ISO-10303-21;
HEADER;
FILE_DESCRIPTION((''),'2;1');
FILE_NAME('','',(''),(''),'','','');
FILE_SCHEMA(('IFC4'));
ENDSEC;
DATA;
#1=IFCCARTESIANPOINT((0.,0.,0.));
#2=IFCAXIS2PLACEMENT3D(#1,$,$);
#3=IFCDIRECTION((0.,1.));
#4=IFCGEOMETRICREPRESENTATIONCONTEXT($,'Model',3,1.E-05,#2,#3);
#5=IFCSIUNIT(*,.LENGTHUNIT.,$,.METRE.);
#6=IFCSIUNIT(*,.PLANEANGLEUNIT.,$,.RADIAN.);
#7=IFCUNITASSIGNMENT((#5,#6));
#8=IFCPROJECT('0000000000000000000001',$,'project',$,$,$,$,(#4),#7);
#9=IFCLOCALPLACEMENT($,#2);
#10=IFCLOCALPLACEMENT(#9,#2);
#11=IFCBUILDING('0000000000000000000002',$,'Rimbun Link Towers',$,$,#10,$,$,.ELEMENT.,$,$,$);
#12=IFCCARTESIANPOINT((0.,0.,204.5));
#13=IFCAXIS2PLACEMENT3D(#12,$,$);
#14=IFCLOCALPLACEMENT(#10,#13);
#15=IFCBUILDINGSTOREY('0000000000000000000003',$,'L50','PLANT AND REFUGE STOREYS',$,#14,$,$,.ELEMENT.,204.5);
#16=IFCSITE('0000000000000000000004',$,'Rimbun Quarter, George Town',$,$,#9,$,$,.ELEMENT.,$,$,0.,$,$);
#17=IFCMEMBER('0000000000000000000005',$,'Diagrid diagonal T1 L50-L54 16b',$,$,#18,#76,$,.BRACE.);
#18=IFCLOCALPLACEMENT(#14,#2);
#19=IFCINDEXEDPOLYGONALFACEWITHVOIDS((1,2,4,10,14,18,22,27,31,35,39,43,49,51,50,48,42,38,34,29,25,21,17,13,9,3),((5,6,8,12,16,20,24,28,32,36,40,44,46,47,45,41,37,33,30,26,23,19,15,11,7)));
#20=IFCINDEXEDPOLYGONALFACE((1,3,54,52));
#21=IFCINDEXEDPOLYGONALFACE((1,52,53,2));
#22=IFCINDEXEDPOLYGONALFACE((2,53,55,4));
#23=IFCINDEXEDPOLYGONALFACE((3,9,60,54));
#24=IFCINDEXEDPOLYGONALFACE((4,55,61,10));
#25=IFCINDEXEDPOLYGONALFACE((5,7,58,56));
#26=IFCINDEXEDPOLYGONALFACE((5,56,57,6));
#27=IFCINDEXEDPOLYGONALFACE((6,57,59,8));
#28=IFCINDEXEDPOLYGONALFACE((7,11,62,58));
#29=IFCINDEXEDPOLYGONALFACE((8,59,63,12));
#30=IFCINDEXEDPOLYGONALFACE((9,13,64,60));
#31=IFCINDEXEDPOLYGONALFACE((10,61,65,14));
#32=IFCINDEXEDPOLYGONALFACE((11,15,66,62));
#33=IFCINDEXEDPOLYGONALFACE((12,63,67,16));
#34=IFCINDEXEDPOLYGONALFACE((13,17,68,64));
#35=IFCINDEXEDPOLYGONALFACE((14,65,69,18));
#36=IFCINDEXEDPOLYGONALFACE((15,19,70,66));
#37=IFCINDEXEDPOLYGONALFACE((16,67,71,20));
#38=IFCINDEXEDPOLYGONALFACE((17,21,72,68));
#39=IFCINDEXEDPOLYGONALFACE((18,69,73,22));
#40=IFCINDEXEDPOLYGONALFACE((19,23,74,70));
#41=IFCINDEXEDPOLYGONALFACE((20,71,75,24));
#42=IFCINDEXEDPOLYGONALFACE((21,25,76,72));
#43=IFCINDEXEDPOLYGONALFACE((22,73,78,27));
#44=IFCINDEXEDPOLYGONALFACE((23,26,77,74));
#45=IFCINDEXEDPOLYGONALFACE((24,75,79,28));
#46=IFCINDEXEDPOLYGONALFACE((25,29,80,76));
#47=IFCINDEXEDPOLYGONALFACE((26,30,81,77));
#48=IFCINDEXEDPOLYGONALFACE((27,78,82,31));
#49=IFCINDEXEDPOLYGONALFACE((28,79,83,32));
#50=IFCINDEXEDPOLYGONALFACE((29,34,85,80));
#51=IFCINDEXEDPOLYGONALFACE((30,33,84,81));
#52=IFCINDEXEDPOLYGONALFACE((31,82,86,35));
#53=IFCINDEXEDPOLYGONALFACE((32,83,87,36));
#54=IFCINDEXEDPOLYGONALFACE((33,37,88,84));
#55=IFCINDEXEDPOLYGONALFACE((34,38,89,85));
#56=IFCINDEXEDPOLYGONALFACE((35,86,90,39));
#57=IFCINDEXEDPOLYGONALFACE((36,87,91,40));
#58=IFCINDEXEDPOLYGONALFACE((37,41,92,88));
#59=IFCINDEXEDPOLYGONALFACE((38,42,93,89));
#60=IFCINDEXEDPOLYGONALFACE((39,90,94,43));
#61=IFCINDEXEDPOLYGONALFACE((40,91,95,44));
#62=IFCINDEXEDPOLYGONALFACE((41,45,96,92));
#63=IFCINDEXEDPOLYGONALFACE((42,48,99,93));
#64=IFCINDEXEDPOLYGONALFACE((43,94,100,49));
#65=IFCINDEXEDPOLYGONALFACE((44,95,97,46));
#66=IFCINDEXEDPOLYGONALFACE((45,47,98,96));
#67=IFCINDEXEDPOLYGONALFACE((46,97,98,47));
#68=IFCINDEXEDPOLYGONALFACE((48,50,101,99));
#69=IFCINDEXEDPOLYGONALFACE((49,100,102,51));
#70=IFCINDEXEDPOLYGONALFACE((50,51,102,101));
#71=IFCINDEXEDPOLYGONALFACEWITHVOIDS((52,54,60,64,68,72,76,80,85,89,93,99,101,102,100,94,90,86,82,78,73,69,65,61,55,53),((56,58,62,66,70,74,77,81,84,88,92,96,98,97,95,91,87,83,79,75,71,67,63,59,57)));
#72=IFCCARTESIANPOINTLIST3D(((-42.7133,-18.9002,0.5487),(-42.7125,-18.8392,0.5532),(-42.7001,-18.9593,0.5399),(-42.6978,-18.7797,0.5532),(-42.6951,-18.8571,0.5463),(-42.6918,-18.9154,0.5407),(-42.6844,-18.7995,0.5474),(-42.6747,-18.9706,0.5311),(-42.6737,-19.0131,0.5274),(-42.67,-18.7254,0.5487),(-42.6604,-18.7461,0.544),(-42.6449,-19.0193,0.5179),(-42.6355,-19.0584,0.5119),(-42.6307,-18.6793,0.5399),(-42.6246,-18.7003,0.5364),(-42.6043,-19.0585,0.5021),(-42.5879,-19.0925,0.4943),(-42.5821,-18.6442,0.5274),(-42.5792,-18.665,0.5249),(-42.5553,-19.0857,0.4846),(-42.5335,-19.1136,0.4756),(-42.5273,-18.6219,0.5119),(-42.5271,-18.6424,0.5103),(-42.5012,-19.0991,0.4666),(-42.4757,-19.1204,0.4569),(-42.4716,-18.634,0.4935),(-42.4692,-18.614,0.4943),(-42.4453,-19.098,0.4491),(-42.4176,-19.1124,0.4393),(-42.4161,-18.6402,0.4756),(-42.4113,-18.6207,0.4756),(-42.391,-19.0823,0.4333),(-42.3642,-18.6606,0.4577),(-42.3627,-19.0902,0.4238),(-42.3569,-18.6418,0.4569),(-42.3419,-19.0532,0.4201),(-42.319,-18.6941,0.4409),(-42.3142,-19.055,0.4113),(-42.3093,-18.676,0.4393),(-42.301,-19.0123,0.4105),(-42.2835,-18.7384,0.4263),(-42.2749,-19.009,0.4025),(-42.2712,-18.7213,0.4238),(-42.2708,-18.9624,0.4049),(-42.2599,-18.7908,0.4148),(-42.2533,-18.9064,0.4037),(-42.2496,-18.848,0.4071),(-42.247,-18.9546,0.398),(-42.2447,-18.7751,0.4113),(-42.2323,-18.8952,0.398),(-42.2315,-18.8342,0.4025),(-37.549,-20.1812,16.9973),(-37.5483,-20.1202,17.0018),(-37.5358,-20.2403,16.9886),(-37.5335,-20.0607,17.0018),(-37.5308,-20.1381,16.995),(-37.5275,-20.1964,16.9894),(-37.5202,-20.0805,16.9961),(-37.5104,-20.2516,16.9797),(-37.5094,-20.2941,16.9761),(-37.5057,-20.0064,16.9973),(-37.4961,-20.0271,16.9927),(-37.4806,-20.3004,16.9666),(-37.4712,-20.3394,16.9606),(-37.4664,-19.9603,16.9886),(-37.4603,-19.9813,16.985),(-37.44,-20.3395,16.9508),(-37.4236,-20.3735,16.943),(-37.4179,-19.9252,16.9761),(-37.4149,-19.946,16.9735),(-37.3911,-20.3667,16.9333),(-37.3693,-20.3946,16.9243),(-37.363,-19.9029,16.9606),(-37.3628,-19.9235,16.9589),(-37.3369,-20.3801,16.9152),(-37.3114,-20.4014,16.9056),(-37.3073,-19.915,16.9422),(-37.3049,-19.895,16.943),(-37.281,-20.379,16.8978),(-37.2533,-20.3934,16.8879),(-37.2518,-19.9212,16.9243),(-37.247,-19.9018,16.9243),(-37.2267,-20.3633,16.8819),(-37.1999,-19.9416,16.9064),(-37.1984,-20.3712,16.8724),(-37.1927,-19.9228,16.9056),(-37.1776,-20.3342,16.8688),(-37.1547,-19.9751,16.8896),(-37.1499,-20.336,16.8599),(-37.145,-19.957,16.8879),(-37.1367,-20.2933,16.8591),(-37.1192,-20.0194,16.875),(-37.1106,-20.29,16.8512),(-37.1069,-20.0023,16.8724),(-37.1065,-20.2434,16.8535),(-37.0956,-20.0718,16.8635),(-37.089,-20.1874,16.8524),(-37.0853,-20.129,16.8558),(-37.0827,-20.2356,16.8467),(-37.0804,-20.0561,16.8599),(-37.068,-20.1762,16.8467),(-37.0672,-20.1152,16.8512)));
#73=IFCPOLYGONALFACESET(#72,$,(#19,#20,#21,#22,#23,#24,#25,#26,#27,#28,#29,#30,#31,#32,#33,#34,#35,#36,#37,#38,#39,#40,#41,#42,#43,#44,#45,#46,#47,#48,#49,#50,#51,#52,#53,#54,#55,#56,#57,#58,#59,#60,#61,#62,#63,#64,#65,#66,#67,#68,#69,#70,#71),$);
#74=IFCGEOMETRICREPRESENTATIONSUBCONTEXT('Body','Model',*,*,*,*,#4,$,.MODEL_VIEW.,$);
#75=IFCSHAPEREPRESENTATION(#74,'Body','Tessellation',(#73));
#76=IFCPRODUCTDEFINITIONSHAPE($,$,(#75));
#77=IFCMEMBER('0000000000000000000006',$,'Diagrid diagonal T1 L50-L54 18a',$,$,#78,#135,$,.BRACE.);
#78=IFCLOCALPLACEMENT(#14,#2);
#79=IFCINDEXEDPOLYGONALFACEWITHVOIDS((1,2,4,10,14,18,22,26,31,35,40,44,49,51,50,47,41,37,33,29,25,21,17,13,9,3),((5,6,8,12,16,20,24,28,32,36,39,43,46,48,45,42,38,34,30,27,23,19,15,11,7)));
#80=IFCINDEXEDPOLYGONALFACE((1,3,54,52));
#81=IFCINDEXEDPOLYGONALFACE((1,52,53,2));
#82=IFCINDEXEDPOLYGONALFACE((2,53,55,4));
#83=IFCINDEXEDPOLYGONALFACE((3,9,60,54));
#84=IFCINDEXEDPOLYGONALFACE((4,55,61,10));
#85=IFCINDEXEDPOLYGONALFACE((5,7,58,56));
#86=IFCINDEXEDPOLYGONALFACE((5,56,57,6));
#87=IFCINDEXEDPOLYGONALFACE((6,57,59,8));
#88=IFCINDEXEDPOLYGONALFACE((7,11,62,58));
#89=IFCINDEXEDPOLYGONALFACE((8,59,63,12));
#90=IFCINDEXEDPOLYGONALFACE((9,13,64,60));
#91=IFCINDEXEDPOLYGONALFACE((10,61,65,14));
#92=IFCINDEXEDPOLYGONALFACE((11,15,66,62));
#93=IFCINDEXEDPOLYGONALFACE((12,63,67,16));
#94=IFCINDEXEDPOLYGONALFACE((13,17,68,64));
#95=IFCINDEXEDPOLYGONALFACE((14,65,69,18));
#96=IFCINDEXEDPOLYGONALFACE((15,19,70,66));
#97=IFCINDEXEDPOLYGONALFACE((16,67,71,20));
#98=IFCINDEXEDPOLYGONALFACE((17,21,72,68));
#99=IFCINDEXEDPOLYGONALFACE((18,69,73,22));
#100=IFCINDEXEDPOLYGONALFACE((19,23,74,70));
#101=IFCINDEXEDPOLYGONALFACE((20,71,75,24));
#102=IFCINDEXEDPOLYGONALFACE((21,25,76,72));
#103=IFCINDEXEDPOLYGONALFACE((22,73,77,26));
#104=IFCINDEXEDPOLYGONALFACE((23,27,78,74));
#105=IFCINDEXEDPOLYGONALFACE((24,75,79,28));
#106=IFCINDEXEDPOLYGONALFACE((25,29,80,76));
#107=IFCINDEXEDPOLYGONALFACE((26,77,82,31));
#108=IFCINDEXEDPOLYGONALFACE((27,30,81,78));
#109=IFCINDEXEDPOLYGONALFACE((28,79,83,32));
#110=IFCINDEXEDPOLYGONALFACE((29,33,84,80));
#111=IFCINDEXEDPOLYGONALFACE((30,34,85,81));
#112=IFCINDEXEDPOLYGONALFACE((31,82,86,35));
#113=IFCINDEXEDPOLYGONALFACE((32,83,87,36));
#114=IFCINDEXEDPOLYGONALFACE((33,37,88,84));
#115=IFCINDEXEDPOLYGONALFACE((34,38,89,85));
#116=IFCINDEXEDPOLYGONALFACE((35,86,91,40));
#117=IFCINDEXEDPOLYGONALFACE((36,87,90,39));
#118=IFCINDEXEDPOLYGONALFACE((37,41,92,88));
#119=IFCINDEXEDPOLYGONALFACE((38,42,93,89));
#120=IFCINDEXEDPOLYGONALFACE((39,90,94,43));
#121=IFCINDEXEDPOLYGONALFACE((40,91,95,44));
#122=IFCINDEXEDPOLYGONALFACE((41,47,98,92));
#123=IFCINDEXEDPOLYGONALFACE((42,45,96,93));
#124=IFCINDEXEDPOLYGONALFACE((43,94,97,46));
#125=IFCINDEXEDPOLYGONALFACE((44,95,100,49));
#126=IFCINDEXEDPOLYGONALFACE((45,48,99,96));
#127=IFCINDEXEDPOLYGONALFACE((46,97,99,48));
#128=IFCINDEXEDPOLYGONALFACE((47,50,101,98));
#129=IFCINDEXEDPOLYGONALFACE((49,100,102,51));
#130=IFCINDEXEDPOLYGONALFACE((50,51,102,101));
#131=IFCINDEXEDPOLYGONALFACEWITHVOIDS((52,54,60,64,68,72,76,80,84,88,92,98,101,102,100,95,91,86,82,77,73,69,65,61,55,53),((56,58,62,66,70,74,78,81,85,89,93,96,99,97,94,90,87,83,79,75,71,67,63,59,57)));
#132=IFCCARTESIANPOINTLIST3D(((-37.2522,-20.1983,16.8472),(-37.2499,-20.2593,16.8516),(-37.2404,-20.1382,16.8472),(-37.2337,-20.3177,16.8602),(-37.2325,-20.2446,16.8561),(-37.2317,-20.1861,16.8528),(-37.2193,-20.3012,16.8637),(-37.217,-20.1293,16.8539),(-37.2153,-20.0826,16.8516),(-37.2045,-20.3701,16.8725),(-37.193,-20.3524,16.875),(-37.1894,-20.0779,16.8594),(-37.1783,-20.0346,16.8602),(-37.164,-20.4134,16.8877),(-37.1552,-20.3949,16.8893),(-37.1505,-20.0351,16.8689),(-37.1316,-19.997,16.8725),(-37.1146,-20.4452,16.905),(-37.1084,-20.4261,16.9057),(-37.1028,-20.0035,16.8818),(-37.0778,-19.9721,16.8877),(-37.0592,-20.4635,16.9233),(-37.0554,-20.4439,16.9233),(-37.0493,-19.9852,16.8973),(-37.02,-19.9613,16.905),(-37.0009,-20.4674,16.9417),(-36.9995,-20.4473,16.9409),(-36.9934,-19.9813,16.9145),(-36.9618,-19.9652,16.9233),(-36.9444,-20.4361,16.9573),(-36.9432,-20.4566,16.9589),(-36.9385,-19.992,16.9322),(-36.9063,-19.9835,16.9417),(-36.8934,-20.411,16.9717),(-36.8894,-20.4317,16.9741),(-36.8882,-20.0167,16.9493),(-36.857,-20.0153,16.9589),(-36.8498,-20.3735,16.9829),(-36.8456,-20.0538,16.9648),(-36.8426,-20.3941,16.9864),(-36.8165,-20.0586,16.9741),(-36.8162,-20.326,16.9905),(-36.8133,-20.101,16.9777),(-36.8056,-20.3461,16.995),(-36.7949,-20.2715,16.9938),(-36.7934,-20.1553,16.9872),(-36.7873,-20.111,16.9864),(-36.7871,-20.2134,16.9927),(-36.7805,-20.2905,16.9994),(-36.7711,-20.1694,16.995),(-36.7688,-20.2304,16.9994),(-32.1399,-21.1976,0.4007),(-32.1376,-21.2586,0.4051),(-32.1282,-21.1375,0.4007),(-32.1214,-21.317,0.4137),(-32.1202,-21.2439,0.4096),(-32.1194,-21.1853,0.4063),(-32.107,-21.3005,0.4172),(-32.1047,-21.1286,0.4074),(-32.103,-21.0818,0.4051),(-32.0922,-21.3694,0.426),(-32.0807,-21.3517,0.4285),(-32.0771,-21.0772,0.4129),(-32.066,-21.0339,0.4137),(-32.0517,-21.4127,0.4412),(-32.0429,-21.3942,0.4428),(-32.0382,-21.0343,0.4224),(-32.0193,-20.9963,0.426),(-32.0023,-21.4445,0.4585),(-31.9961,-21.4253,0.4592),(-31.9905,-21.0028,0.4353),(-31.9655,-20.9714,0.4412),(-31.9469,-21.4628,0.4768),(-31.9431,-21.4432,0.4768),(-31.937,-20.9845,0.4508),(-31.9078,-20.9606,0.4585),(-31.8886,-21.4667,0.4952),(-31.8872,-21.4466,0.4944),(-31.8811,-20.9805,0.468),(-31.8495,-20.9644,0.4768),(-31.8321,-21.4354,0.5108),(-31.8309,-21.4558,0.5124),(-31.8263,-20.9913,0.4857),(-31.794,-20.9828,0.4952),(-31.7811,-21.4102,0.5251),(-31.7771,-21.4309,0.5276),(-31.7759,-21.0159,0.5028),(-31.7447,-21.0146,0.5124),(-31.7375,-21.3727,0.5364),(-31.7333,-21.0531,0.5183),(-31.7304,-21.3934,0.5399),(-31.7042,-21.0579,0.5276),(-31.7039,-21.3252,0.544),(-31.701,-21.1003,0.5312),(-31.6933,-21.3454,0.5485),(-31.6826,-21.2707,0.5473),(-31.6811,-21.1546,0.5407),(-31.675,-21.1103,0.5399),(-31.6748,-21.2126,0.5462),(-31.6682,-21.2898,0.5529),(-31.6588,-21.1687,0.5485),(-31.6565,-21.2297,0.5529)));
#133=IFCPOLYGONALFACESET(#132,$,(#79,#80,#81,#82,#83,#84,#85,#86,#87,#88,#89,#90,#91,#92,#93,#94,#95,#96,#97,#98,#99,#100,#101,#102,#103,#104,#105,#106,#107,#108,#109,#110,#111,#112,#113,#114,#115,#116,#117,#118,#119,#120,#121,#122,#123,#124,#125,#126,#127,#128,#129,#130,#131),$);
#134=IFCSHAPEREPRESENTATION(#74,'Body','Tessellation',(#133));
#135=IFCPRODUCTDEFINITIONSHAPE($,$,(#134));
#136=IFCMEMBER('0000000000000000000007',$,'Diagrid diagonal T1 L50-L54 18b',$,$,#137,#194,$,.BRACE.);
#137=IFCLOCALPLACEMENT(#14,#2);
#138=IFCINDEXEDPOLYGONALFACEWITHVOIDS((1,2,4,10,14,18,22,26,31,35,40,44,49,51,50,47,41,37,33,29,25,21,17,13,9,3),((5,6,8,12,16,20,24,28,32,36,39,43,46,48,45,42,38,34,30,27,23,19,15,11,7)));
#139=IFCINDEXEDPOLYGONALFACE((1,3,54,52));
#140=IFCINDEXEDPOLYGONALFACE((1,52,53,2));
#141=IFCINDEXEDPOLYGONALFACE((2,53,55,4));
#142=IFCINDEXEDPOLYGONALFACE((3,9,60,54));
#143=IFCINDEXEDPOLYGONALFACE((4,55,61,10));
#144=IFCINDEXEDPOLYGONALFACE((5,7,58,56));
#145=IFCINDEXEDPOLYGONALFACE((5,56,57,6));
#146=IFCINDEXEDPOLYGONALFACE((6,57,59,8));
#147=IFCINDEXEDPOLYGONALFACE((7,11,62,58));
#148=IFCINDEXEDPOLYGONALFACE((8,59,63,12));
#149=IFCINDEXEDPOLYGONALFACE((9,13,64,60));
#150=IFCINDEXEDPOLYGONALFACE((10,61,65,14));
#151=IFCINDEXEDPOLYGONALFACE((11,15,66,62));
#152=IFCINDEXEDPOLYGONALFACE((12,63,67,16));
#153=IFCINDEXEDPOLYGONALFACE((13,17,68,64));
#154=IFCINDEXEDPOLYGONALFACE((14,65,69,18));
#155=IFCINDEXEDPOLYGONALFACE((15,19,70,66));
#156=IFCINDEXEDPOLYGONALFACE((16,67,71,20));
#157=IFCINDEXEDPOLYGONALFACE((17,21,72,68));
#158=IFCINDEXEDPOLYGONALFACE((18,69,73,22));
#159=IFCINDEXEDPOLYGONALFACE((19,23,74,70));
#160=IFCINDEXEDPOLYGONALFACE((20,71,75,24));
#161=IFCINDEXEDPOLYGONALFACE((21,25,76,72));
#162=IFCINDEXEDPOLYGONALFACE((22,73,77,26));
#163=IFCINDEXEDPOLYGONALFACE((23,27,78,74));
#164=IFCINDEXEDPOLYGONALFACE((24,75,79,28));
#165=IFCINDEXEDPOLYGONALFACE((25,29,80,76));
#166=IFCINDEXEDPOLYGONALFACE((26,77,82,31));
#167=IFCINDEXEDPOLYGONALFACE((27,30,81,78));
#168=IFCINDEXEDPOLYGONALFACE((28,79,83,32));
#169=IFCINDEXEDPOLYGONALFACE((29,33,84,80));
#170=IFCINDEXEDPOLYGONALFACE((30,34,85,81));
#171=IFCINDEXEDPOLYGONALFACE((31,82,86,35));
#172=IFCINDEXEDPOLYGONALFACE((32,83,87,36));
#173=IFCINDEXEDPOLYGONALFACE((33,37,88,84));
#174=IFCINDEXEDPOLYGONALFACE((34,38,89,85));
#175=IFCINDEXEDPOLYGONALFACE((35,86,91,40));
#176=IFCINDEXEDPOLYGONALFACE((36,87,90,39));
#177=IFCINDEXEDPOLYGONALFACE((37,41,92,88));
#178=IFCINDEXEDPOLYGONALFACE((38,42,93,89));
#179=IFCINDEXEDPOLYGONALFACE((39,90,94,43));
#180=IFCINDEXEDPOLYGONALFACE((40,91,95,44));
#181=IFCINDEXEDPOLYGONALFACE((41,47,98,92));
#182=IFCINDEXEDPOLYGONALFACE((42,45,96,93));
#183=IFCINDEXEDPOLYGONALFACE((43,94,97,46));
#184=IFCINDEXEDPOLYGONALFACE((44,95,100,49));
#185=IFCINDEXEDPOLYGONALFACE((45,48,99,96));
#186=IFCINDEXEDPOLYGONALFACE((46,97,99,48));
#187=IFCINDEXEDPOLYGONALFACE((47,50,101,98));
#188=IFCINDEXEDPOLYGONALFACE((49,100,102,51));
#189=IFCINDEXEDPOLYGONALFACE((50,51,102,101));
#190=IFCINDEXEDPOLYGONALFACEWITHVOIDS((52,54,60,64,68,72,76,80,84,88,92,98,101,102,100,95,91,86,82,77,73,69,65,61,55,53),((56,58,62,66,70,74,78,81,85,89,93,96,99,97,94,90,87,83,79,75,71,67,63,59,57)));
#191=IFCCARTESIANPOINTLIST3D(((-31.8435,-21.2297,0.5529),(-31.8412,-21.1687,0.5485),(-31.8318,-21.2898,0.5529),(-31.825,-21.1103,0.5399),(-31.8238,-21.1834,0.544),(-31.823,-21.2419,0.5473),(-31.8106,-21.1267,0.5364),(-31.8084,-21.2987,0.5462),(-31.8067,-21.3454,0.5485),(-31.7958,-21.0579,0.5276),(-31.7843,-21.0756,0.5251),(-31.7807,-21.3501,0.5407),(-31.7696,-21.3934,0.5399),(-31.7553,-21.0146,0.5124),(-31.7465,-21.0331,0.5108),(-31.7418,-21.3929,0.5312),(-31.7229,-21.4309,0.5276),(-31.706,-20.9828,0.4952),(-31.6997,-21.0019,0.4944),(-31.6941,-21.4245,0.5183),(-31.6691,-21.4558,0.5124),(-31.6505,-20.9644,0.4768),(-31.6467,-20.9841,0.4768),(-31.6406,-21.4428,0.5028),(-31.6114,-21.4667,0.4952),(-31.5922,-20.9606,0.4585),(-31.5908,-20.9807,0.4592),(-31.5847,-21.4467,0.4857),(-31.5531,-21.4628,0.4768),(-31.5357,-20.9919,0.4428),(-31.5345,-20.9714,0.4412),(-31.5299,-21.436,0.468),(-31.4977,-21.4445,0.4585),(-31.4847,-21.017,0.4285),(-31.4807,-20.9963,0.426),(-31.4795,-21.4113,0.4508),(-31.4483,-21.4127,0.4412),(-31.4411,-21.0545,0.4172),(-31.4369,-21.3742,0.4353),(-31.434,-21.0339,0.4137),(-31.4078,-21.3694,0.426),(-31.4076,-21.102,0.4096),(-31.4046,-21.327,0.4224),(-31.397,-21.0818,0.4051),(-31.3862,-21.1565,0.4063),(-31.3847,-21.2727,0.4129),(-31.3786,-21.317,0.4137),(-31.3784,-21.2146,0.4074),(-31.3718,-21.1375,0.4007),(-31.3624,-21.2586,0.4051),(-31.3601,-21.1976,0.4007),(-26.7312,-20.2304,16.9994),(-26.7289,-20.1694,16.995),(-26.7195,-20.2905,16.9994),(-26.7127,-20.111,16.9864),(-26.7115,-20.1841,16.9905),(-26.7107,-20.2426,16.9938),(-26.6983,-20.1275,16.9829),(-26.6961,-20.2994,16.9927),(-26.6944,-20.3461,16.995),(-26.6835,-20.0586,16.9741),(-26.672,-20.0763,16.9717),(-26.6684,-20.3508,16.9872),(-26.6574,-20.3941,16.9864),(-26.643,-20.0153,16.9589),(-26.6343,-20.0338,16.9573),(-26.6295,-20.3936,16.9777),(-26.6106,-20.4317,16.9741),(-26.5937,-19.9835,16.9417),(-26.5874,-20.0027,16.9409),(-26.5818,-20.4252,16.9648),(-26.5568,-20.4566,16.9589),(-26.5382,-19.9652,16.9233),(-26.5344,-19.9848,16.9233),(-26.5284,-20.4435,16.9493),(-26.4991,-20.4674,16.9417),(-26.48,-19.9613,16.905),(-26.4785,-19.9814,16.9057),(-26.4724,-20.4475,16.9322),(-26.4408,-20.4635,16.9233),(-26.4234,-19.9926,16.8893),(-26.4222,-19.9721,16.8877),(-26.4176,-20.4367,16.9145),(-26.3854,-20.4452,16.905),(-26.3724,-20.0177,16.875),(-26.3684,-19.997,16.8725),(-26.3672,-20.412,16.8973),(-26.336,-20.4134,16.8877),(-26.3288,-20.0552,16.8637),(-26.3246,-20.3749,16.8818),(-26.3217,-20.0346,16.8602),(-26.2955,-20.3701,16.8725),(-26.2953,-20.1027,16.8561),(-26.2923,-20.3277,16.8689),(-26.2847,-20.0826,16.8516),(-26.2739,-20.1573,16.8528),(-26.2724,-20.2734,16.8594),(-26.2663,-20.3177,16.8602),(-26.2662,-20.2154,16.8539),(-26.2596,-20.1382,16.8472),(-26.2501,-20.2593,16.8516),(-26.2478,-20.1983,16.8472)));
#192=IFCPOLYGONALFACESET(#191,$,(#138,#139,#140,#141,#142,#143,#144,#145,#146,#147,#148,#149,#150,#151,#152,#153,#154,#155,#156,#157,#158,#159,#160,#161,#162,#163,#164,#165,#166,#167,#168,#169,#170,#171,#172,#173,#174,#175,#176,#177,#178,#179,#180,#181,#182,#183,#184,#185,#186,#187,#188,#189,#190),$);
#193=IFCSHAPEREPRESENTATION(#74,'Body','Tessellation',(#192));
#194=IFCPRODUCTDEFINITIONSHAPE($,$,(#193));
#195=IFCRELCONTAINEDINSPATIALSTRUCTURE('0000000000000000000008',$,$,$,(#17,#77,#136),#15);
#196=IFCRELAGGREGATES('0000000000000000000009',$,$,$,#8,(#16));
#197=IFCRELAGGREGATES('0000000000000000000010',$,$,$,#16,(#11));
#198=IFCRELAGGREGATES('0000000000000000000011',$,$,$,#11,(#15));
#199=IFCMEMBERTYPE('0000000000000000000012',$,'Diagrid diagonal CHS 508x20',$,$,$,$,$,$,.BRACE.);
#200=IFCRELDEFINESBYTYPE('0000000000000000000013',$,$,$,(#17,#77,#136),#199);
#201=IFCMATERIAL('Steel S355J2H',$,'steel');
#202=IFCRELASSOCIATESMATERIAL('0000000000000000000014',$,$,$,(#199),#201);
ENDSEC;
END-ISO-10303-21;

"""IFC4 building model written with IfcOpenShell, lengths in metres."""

from ifc_helpers import new_model, si_unit, direction, frame, origin, origin_2d, place, context, subcontext, project, spatial, hollow_circle, extrude, material, material_profile, profile_set, type_object, element, save


model = new_model("IFC4")

# Units and contexts
model_context = context("Model", 3, precision=1e-05, world=origin(), true_north=direction((0.0, 1.0)))
body_context = subcontext(model_context, "Body", "Model", "MODEL_VIEW")
ifc_project = project(units=[si_unit("LENGTHUNIT", "METRE"), si_unit("PLANEANGLEUNIT", "RADIAN")], contexts=[model_context])

# Site, building, storey
site_placement = place(None, origin())
site = spatial("IfcSite", under=ifc_project, at=site_placement, Name="Rimbun Quarter, George Town", CompositionType="ELEMENT", RefElevation=0.0)
building_placement = place(site_placement, origin())
building = spatial("IfcBuilding", under=site, at=building_placement, Name="Rimbun Link Towers", CompositionType="ELEMENT")
storey_placement = place(building_placement, frame((0.0, 0.0, 204.5)))
storey = spatial("IfcBuildingStorey", under=building, at=storey_placement, Name="L50", Description="PLANT AND REFUGE STOREYS", CompositionType="ELEMENT", Elevation=204.5)

# Members
ifc_material_1 = material(Name="Steel S355J2H", Category="steel")
ifc_material_profile_1 = material_profile(ifc_material_1, hollow_circle(Radius=0.2539, WallThickness=0.02, at=origin_2d()), Name="Diagrid diagonal CHS 508x20")
ifc_profile_set_1 = profile_set([ifc_material_profile_1], Name="Steel S355J2H")
member_type_1 = type_object("IfcMemberType", Name="Diagrid diagonal CHS 508x20", PredefinedType="BRACE", material=ifc_profile_set_1)
member_1_placement = place(storey_placement, frame((-42.4724, -18.8672, 0.4756), z_axis=(0.298724, -0.074098, 0.951459), x_axis=(0.240754, 0.970586, 0.0)))
element("IfcMember", 1, at=member_1_placement, inside=storey, type_object=member_type_1, Name="Diagrid diagonal T1 L50-L54 16b", PredefinedType="BRACE", context=body_context, shape_type="SweptSolid", body=[
    extrude(hollow_circle(Radius=0.2539, WallThickness=0.02, at=origin_2d()), origin(), (0.0, 0.0, 1.0), 17.2878),
])
for number, where, z_axis, x_axis, name in (
    (2, (-31.8982, -21.2136, 0.4768), (-0.296336, 0.057923, 0.953326), (-0.191833, -0.981428, 0.0), "Diagrid diagonal T1 L50-L54 18a"),
    (3, (-31.6018, -21.2136, 0.4768), (0.296336, 0.057923, 0.953326), (-0.191833, 0.981428, 0.0), "Diagrid diagonal T1 L50-L54 18b"),
):
    element("IfcMember", number, at=place(storey_placement, frame(where, z_axis=z_axis, x_axis=x_axis)), inside=storey, type_object=member_type_1, Name=name, PredefinedType="BRACE", context=body_context, shape_type="SweptSolid", body=[
        extrude(hollow_circle(Radius=0.2539, WallThickness=0.02, at=origin_2d()), origin(), (0.0, 0.0, 1.0), 17.2517),
    ])

save(model, "model.ifc")
